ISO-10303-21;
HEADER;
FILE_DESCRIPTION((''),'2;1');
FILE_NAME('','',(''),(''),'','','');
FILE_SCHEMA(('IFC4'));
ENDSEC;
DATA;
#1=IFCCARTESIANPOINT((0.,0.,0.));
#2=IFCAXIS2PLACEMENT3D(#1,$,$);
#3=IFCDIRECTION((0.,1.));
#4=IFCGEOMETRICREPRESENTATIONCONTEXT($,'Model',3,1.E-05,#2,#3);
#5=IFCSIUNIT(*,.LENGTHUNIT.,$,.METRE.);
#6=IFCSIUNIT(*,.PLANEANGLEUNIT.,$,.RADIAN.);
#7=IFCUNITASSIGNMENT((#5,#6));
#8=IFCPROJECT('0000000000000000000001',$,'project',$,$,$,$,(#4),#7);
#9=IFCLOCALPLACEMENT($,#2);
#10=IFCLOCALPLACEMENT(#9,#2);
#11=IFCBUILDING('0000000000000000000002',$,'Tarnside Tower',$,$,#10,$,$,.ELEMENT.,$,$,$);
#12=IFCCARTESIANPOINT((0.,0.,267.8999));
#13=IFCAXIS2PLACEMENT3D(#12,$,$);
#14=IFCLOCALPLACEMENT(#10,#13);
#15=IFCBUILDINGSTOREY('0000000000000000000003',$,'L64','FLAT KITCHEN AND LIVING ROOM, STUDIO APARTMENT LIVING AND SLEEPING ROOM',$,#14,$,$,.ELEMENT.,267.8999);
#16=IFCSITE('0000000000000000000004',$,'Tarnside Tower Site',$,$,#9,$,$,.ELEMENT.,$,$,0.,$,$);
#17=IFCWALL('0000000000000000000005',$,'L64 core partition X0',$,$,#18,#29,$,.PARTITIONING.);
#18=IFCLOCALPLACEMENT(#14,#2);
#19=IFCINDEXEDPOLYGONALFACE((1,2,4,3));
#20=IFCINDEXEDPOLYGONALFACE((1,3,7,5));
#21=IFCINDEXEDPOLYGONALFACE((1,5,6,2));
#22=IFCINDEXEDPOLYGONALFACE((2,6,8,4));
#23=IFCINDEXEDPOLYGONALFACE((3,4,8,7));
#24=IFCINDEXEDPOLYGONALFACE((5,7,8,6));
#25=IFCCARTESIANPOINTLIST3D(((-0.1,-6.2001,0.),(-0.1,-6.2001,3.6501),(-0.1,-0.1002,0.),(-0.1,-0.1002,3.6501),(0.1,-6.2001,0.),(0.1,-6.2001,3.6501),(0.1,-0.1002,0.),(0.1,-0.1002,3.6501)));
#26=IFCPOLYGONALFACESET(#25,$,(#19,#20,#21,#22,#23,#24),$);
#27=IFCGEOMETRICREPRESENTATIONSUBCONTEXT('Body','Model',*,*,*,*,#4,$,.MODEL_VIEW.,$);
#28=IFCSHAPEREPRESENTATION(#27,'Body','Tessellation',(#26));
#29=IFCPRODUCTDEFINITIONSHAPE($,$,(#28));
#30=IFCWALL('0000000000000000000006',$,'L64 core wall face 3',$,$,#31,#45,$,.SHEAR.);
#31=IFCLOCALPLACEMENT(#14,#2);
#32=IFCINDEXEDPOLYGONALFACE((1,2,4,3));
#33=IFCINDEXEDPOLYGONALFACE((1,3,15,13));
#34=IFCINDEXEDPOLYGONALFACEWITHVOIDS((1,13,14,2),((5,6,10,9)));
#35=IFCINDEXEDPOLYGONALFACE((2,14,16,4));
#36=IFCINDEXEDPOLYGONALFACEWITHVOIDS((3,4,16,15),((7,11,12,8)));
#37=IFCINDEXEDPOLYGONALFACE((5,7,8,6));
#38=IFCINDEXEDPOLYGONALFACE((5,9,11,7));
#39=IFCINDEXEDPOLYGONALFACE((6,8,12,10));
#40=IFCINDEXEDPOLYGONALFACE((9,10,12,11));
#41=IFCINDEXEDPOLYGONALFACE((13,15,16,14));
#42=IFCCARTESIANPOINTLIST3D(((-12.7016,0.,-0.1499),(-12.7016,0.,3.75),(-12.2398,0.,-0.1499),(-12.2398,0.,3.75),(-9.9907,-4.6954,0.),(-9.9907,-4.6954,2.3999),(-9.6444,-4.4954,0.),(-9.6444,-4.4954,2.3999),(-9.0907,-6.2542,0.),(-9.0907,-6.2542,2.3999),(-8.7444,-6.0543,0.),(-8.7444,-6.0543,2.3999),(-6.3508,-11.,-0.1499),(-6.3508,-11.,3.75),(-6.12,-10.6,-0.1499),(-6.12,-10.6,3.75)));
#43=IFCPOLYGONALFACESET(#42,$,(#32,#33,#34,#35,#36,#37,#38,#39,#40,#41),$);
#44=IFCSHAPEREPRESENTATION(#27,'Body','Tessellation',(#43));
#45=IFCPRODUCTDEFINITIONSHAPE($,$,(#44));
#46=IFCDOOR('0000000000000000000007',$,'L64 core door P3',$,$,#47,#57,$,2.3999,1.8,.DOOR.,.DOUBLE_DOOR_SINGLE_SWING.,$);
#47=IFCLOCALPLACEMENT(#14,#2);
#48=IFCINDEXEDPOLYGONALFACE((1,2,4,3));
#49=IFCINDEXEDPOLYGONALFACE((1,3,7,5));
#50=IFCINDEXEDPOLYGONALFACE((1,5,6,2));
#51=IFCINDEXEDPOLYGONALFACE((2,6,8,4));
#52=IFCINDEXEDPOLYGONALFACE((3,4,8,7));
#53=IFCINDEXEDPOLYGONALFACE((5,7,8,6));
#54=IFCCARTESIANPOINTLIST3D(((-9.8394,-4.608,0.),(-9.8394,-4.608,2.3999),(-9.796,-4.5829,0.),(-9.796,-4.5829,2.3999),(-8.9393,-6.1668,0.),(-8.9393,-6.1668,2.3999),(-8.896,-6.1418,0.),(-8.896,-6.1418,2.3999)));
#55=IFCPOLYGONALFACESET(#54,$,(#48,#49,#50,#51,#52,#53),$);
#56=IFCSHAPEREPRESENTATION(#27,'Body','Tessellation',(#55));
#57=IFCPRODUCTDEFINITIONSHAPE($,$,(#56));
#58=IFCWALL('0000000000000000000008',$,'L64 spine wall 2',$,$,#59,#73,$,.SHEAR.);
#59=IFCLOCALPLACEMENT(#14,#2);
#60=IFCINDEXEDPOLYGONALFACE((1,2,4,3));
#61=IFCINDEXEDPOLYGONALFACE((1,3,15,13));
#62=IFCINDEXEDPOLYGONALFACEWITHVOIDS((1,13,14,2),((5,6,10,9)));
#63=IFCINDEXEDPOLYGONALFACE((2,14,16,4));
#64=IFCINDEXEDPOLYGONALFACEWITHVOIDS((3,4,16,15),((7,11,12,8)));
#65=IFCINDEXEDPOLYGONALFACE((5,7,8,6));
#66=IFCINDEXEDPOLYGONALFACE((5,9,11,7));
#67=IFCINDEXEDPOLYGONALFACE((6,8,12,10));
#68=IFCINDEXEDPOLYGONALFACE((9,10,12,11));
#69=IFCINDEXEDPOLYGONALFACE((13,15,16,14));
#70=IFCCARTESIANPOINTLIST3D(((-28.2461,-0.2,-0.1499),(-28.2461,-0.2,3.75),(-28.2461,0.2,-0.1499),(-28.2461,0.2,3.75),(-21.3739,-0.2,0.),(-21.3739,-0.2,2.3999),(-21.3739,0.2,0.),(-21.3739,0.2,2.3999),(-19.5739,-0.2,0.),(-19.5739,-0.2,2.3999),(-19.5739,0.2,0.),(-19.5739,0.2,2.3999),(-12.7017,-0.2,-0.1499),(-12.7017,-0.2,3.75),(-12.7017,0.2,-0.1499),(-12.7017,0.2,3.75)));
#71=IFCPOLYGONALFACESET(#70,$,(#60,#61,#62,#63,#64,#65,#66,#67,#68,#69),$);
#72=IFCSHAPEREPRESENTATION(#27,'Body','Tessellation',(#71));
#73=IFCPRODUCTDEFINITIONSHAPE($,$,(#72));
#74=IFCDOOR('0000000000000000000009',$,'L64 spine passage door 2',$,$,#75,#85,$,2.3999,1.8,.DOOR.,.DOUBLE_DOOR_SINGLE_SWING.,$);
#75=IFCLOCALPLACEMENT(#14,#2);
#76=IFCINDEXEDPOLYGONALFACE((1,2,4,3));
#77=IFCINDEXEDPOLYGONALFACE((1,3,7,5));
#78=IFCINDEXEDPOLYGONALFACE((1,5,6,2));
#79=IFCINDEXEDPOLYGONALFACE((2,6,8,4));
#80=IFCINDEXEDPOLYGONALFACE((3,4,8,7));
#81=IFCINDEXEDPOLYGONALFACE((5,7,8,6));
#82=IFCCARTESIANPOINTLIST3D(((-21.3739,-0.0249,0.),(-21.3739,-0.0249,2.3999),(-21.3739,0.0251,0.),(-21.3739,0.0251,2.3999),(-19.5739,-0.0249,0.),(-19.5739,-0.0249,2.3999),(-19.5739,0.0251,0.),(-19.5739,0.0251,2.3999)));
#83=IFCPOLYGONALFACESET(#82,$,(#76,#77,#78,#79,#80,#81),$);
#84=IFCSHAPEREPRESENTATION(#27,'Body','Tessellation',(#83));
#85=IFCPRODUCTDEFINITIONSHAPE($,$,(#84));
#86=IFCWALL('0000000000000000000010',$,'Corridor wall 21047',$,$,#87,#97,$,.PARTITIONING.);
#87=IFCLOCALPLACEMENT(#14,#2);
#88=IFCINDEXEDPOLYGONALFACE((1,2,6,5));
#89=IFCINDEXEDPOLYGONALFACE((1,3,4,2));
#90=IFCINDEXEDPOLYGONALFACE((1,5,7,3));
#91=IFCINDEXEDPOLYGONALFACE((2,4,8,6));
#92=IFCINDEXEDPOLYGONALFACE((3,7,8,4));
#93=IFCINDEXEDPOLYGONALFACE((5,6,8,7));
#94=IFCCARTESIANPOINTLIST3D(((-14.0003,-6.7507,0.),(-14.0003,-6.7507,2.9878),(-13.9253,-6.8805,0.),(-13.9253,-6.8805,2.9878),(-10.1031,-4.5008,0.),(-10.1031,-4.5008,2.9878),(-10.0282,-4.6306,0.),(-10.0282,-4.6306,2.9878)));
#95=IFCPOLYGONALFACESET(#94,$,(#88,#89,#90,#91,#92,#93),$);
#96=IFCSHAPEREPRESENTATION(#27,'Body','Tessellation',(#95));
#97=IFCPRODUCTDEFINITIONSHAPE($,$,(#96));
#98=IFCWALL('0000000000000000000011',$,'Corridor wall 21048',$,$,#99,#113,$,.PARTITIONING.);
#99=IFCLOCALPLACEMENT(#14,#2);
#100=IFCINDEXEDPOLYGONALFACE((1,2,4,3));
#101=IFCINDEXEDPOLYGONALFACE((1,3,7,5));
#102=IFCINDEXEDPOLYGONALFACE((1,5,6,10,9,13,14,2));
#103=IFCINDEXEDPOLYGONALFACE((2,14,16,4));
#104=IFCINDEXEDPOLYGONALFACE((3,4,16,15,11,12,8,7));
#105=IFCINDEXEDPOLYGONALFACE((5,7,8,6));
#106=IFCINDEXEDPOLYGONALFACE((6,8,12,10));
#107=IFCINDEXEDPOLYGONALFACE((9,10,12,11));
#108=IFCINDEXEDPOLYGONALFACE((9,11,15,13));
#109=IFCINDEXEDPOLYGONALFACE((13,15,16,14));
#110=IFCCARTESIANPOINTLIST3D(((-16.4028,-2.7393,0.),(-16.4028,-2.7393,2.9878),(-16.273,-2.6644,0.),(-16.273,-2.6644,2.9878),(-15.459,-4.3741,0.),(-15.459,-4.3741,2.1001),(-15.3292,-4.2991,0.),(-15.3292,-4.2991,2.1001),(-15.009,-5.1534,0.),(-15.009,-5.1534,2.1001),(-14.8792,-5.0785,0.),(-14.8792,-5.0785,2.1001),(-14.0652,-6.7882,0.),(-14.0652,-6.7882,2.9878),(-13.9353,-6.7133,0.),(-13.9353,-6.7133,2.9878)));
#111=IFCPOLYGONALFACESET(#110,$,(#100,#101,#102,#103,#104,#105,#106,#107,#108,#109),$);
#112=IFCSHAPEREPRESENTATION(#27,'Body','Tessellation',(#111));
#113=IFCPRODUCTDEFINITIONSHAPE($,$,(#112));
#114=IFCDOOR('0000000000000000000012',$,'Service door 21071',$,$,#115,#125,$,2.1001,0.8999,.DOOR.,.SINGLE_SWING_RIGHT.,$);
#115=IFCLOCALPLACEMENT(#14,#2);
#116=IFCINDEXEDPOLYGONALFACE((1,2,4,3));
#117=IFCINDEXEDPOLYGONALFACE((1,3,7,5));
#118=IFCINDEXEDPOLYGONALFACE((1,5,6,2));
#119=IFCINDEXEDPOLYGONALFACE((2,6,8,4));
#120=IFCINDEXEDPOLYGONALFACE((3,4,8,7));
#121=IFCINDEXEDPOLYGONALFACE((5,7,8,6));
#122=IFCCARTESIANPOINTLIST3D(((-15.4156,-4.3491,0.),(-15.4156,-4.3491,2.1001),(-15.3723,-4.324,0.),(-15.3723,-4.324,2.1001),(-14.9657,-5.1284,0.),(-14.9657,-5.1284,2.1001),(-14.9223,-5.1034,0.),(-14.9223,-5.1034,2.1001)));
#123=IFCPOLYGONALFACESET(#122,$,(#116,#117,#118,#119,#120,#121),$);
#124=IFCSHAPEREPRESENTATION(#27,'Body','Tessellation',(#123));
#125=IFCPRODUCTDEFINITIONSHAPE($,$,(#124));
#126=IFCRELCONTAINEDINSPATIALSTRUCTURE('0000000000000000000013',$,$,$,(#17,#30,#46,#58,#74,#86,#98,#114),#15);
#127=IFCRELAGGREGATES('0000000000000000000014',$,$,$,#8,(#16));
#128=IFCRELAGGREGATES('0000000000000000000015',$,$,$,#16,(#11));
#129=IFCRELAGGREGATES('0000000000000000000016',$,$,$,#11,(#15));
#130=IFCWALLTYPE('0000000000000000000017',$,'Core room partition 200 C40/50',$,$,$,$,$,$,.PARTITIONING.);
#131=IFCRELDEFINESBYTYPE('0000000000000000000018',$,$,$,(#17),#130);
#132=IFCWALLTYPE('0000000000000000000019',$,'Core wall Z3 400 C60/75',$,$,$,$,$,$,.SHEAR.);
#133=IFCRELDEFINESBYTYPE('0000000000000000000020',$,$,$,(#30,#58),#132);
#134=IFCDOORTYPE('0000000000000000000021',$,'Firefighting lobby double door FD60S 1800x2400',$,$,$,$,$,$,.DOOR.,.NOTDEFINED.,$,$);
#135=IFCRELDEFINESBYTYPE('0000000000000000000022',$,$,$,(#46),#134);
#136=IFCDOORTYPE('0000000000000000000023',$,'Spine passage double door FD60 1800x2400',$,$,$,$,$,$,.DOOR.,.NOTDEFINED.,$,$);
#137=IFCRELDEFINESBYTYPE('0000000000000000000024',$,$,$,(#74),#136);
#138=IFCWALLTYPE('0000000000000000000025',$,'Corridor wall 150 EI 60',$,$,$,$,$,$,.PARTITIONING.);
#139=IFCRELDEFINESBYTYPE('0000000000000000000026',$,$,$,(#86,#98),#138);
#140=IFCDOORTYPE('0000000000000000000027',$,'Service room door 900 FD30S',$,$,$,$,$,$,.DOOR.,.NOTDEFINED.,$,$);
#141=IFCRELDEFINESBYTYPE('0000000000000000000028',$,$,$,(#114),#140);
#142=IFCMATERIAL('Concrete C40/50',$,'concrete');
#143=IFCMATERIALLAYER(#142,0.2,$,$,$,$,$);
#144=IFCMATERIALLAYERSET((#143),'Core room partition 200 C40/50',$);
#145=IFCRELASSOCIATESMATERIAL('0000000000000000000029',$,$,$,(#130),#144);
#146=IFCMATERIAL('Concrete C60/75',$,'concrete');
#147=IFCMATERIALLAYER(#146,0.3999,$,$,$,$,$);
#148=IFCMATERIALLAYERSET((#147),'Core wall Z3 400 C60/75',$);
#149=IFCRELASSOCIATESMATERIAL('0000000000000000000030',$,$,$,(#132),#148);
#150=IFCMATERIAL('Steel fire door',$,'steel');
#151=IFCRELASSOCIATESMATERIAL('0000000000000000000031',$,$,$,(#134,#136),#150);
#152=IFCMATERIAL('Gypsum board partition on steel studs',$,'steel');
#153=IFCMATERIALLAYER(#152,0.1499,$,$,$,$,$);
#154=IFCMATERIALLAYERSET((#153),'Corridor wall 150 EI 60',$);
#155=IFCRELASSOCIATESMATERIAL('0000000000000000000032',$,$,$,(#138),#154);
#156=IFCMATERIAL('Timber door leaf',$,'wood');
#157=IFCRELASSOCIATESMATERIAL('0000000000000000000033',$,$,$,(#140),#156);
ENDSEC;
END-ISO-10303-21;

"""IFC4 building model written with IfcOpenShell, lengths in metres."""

from ifc_helpers import new_model, si_unit, direction, frame, frame_2d, origin, place, context, subcontext, project, spatial, polyline, rectangle, outline, extrude, material, layer, layer_set, type_object, element, fill, save


model = new_model("IFC4")

# Units and contexts
model_context = context("Model", 3, precision=1e-05, world=origin(), true_north=direction((0.0, 1.0)))
body_context = subcontext(model_context, "Body", "Model", "MODEL_VIEW")
ifc_project = project(units=[si_unit("LENGTHUNIT", "METRE"), si_unit("PLANEANGLEUNIT", "RADIAN")], contexts=[model_context])

# Site, building, storey
site_placement = place(None, origin())
site = spatial("IfcSite", under=ifc_project, at=site_placement, Name="Tarnside Tower Site", CompositionType="ELEMENT", RefElevation=0.0)
building_placement = place(site_placement, origin())
building = spatial("IfcBuilding", under=site, at=building_placement, Name="Tarnside Tower", CompositionType="ELEMENT")
storey_placement = place(building_placement, frame((0.0, 0.0, 267.8999)))
storey = spatial("IfcBuildingStorey", under=building, at=storey_placement, Name="L64", Description="FLAT KITCHEN AND LIVING ROOM, STUDIO APARTMENT LIVING AND SLEEPING ROOM", CompositionType="ELEMENT", Elevation=267.8999)

# Wall
ifc_material_1 = material(Name="Concrete C40/50", Category="concrete")
ifc_layer_1 = layer(ifc_material_1, 0.2)
ifc_layer_set_1 = layer_set([ifc_layer_1], Name="Core room partition 200 C40/50")
wall_type_1 = type_object("IfcWallType", Name="Core room partition 200 C40/50", PredefinedType="PARTITIONING", material=ifc_layer_set_1)
wall_1_placement = place(storey_placement, frame((0.0, -6.2, 0.0), z_axis=(0.0, 0.0, 1.0), x_axis=(0.0, 1.0, 0.0)))
element("IfcWall", 1, at=wall_1_placement, inside=storey, type_object=wall_type_1, Name="L64 core partition X0", PredefinedType="PARTITIONING", context=body_context, shape_type="SweptSolid", body=[
    extrude(rectangle(XDim=6.0999, YDim=0.2, at=frame_2d((3.0498, 0.0))), origin(), (0.0, 0.0, 1.0), 3.6501),
])

# Walls, openings, doors
ifc_material_2 = material(Name="Concrete C60/75", Category="concrete")
ifc_layer_2 = layer(ifc_material_2, 0.3999)
ifc_layer_set_2 = layer_set([ifc_layer_2], Name="Core wall Z3 400 C60/75")
wall_type_2 = type_object("IfcWallType", Name="Core wall Z3 400 C60/75", PredefinedType="SHEAR", material=ifc_layer_set_2)
wall_2_placement = place(storey_placement, frame((-12.4707, 0.0, -0.1499), z_axis=(0.0, 0.0, 1.0), x_axis=(0.499996, -0.866027, 0.0)))
wall_2 = element("IfcWall", 2, at=wall_2_placement, inside=storey, type_object=wall_type_2, Name="L64 core wall face 3", PredefinedType="SHEAR", context=body_context, shape_type="SweptSolid", body=[
    extrude(outline(polyline([(-0.1155, -0.2), (12.5862, -0.2), (12.3552, 0.2), (0.1155, 0.2), (-0.1155, -0.2)])), origin(), (0.0, 0.0, 1.0), 3.8999),
])
opening_1_placement = place(wall_2_placement, frame((5.3064, 0.0, 0.1499)))
opening_1 = element("IfcOpeningElement", 3, at=opening_1_placement, cuts=wall_2, PredefinedType="OPENING", context=body_context, shape_type="SweptSolid", body=[
    extrude(rectangle(XDim=1.8, YDim=2.3999, at=frame_2d((0.8999, 1.2))), frame((0.0, 0.21, 0.0), z_axis=(0.0, -1.0, 0.0), x_axis=(1.0, 0.0, 0.0)), (0.0, 0.0, 1.0), 0.4199),
])
ifc_material_3 = material(Name="Steel fire door", Category="steel")
door_type_1 = type_object("IfcDoorType", Name="Firefighting lobby double door FD60S 1800x2400", OperationType="NOTDEFINED", PredefinedType="DOOR", material=ifc_material_3)
door_1_placement = place(opening_1_placement, origin())
door_1 = element("IfcDoor", 4, at=door_1_placement, inside=storey, type_object=door_type_1, Name="L64 core door P3", OperationType="DOUBLE_DOOR_SINGLE_SWING", OverallHeight=2.3999, OverallWidth=1.8, PredefinedType="DOOR", context=body_context, shape_type="SweptSolid", body=[
    extrude(rectangle(XDim=1.8, YDim=2.3999, at=frame_2d((0.8999, 1.2))), frame((0.0, 0.0249, 0.0), z_axis=(0.0, -1.0, 0.0), x_axis=(1.0, 0.0, 0.0)), (0.0, 0.0, 1.0), 0.05),
])
fill(opening_1, door_1)
wall_3_placement = place(storey_placement, frame((-12.7017, 0.0, -0.1499), z_axis=(0.0, 0.0, 1.0), x_axis=(-1.0, 0.0, 0.0)))
wall_3 = element("IfcWall", 5, at=wall_3_placement, inside=storey, type_object=wall_type_2, Name="L64 spine wall 2", PredefinedType="SHEAR", context=body_context, shape_type="SweptSolid", body=[
    extrude(rectangle(XDim=15.5444, YDim=0.3999, at=frame_2d((7.7722, 0.0))), origin(), (0.0, 0.0, 1.0), 3.8999),
])
opening_2_placement = place(wall_3_placement, frame((6.8723, 0.0, 0.1499)))
opening_2 = element("IfcOpeningElement", 6, at=opening_2_placement, cuts=wall_3, PredefinedType="OPENING", context=body_context, shape_type="SweptSolid", body=[
    extrude(rectangle(XDim=1.8, YDim=2.3999, at=frame_2d((0.8999, 1.2))), frame((0.0, 0.21, 0.0), z_axis=(0.0, -1.0, 0.0), x_axis=(1.0, 0.0, 0.0)), (0.0, 0.0, 1.0), 0.4199),
])
door_type_2 = type_object("IfcDoorType", Name="Spine passage double door FD60 1800x2400", OperationType="NOTDEFINED", PredefinedType="DOOR", material=ifc_material_3)
door_2_placement = place(opening_2_placement, origin())
door_2 = element("IfcDoor", 7, at=door_2_placement, inside=storey, type_object=door_type_2, Name="L64 spine passage door 2", OperationType="DOUBLE_DOOR_SINGLE_SWING", OverallHeight=2.3999, OverallWidth=1.8, PredefinedType="DOOR", context=body_context, shape_type="SweptSolid", body=[
    extrude(rectangle(XDim=1.8, YDim=2.3999, at=frame_2d((0.8999, 1.2))), frame((0.0, 0.0249, 0.0), z_axis=(0.0, -1.0, 0.0), x_axis=(1.0, 0.0, 0.0)), (0.0, 0.0, 1.0), 0.05),
])
fill(opening_2, door_2)

# Wall
ifc_material_4 = material(Name="Gypsum board partition on steel studs", Category="steel")
ifc_layer_3 = layer(ifc_material_4, 0.1499)
ifc_layer_set_3 = layer_set([ifc_layer_3], Name="Corridor wall 150 EI 60")
wall_type_3 = type_object("IfcWallType", Name="Corridor wall 150 EI 60", PredefinedType="PARTITIONING", material=ifc_layer_set_3)
wall_4_placement = place(storey_placement, frame((-10.0657, -4.5657, 0.0), z_axis=(0.0, 0.0, 1.0), x_axis=(-0.866031, -0.49999, 0.0)))
element("IfcWall", 8, at=wall_4_placement, inside=storey, type_object=wall_type_3, Name="Corridor wall 21047", PredefinedType="PARTITIONING", context=body_context, shape_type="SweptSolid", body=[
    extrude(rectangle(XDim=4.5, YDim=0.1499, at=frame_2d((2.25, 0.0))), origin(), (0.0, 0.0, 1.0), 2.9878),
])

# Wall, opening, door
wall_5_placement = place(storey_placement, frame((-14.0002, -6.7507, 0.0), z_axis=(0.0, 0.0, 1.0), x_axis=(-0.500009, 0.86602, 0.0)))
wall_5 = element("IfcWall", 9, at=wall_5_placement, inside=storey, type_object=wall_type_3, Name="Corridor wall 21048", PredefinedType="PARTITIONING", context=body_context, shape_type="SweptSolid", body=[
    extrude(rectangle(XDim=4.6753, YDim=0.1499, at=frame_2d((2.3376, 0.0))), origin(), (0.0, 0.0, 1.0), 2.9878),
])
opening_3_placement = place(wall_5_placement, frame((1.8877, 0.0, 0.0)))
opening_3 = element("IfcOpeningElement", 10, at=opening_3_placement, cuts=wall_5, PredefinedType="OPENING", context=body_context, shape_type="SweptSolid", body=[
    extrude(rectangle(XDim=0.8999, YDim=2.1001, at=frame_2d((0.45, 1.05))), frame((0.0, 0.085, 0.0), z_axis=(0.0, -1.0, 0.0), x_axis=(1.0, 0.0, 0.0)), (0.0, 0.0, 1.0), 0.1699),
])
ifc_material_5 = material(Name="Timber door leaf", Category="wood")
door_type_3 = type_object("IfcDoorType", Name="Service room door 900 FD30S", OperationType="NOTDEFINED", PredefinedType="DOOR", material=ifc_material_5)
door_3_placement = place(opening_3_placement, origin())
door_3 = element("IfcDoor", 11, at=door_3_placement, inside=storey, type_object=door_type_3, Name="Service door 21071", OperationType="SINGLE_SWING_RIGHT", OverallHeight=2.1001, OverallWidth=0.8999, PredefinedType="DOOR", context=body_context, shape_type="SweptSolid", body=[
    extrude(rectangle(XDim=0.8999, YDim=2.1001, at=frame_2d((0.45, 1.05))), frame((0.0, 0.0249, 0.0), z_axis=(0.0, -1.0, 0.0), x_axis=(1.0, 0.0, 0.0)), (0.0, 0.0, 1.0), 0.05),
])
fill(opening_3, door_3)

save(model, "model.ifc")
